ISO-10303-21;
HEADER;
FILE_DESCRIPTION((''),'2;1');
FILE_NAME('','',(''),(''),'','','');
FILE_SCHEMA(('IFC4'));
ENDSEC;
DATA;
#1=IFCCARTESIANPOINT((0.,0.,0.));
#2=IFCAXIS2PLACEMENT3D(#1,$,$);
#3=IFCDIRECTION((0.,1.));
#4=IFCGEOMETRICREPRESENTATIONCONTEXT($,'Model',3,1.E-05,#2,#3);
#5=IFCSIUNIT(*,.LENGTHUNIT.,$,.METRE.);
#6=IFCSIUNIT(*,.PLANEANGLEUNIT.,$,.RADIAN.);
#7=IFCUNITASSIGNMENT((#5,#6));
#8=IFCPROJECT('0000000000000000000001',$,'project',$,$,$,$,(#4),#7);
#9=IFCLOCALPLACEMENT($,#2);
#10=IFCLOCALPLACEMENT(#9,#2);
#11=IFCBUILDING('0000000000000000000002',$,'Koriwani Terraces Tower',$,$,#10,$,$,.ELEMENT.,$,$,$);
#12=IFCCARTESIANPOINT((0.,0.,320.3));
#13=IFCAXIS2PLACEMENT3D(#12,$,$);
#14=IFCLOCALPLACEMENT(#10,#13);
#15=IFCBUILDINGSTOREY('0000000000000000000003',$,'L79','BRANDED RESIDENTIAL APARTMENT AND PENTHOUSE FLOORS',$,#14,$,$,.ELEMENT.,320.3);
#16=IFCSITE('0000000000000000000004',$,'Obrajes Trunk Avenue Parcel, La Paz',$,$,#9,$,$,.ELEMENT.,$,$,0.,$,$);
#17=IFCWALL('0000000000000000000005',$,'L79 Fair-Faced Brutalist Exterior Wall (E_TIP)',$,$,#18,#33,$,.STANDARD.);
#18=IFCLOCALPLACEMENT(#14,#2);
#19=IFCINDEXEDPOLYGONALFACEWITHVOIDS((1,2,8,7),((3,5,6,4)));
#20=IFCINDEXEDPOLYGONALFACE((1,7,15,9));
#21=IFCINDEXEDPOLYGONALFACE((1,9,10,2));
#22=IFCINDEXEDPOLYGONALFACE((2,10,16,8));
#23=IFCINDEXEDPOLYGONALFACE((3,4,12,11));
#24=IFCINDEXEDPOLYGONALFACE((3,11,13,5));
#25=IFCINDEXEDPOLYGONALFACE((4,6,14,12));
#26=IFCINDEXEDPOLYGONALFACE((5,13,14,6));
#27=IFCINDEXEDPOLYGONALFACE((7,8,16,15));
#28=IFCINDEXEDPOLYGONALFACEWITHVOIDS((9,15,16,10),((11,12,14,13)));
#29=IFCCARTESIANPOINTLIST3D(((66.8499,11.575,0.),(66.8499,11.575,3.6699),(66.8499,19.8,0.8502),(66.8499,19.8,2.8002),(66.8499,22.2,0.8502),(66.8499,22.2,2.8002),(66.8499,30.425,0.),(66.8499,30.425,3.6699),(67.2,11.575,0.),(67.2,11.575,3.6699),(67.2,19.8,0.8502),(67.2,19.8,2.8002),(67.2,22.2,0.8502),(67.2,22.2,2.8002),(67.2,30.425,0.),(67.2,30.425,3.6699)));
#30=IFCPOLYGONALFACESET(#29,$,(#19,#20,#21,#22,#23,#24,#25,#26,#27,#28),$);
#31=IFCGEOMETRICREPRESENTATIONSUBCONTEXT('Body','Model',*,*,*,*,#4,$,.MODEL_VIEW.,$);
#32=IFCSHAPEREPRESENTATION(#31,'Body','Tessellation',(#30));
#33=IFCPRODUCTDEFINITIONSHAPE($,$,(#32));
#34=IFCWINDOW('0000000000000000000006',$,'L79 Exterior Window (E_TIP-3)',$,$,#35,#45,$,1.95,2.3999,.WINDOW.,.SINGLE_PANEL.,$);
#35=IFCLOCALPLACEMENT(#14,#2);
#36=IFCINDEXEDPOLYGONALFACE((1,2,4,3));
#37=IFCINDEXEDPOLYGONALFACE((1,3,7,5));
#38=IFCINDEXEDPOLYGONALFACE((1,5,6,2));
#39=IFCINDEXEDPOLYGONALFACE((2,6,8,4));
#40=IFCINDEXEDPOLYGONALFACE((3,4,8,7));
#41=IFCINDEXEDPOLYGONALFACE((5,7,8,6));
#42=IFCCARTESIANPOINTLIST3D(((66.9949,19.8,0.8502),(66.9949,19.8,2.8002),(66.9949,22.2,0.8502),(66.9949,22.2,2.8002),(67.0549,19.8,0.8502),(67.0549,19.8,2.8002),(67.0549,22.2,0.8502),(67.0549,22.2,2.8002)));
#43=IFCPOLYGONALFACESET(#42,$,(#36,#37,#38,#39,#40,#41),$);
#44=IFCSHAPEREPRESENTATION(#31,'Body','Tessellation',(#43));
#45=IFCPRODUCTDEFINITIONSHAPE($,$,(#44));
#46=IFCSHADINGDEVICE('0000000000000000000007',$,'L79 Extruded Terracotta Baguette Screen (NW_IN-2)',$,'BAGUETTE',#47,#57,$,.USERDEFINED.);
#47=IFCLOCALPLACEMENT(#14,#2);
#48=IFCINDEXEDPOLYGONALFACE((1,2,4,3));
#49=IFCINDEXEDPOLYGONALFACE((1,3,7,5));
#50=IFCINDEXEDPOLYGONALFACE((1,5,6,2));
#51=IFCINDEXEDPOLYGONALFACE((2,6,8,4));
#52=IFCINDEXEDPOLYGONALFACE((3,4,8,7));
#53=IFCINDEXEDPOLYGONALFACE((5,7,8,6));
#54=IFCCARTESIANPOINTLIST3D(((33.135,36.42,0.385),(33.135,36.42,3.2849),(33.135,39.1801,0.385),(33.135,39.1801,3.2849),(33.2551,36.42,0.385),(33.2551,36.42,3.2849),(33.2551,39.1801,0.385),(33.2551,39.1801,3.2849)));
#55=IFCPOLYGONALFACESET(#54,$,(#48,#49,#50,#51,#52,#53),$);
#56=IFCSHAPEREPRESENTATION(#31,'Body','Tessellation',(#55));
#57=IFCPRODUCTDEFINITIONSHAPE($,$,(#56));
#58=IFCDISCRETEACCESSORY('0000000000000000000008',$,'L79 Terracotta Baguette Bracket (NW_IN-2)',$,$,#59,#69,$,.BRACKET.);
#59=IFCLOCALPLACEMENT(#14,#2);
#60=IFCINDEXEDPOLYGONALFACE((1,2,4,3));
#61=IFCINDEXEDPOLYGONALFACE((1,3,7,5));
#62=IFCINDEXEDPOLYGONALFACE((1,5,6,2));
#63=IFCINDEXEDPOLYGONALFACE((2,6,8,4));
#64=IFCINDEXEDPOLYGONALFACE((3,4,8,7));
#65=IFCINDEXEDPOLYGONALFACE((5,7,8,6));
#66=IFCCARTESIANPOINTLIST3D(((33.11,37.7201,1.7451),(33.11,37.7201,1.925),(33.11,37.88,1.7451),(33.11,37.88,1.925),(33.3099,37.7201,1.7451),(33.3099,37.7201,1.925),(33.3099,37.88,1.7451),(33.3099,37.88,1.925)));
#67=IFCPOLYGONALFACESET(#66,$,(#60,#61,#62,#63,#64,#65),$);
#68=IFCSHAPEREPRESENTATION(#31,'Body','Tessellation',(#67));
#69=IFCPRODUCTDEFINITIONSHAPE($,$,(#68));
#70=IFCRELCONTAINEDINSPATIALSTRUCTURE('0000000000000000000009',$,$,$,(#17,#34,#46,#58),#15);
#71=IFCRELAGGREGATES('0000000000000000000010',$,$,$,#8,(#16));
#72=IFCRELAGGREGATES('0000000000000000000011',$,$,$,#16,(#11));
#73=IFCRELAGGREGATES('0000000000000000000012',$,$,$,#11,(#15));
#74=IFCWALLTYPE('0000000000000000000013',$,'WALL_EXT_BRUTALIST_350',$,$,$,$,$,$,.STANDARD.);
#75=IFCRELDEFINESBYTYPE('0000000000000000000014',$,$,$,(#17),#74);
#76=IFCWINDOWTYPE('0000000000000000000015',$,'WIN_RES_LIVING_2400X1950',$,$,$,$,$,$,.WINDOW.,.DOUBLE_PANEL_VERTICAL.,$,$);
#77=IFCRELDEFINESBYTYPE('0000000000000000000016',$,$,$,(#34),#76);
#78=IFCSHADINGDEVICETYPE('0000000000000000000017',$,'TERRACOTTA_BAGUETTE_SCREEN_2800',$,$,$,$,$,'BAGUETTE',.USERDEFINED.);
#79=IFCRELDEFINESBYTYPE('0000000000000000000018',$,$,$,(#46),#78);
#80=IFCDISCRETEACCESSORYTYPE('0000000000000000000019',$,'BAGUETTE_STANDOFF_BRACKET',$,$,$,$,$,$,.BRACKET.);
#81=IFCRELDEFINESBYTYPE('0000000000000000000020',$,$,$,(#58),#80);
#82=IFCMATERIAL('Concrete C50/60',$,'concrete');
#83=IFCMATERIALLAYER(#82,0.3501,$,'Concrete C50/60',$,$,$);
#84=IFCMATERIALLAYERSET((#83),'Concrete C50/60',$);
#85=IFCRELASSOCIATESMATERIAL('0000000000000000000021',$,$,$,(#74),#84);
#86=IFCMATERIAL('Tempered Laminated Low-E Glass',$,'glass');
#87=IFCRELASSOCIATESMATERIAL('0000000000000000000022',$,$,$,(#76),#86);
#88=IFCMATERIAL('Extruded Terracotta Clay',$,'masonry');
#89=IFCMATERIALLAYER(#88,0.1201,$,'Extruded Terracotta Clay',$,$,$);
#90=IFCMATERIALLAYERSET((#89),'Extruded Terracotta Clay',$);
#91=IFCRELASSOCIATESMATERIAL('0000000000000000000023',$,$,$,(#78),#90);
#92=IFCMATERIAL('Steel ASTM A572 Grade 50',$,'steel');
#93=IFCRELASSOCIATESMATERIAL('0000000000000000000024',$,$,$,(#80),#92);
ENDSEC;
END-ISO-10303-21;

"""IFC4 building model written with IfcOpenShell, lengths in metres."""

from ifc_helpers import new_model, si_unit, direction, frame, frame_2d, origin, origin_2d, place, context, subcontext, project, spatial, rectangle, extrude, material, layer, layer_set, type_object, element, fill, save


model = new_model("IFC4")

# Units and contexts
model_context = context("Model", 3, precision=1e-05, world=origin(), true_north=direction((0.0, 1.0)))
body_context = subcontext(model_context, "Body", "Model", "MODEL_VIEW")
ifc_project = project(units=[si_unit("LENGTHUNIT", "METRE"), si_unit("PLANEANGLEUNIT", "RADIAN")], contexts=[model_context])

# Site, building, storey
site_placement = place(None, origin())
site = spatial("IfcSite", under=ifc_project, at=site_placement, Name="Obrajes Trunk Avenue Parcel, La Paz", CompositionType="ELEMENT", RefElevation=0.0)
building_placement = place(site_placement, origin())
building = spatial("IfcBuilding", under=site, at=building_placement, Name="Koriwani Terraces Tower", CompositionType="ELEMENT")
storey_placement = place(building_placement, frame((0.0, 0.0, 320.3)))
storey = spatial("IfcBuildingStorey", under=building, at=storey_placement, Name="L79", Description="BRANDED RESIDENTIAL APARTMENT AND PENTHOUSE FLOORS", CompositionType="ELEMENT", Elevation=320.3)

# Shared definitions
ifc_material_1 = material(Name="Concrete C50/60", Category="concrete")

# Shared definitions
ifc_layer_1 = layer(ifc_material_1, 0.3501, Name="Concrete C50/60")
ifc_layer_set_1 = layer_set([ifc_layer_1], Name="Concrete C50/60")
wall_type_1 = type_object("IfcWallType", Name="WALL_EXT_BRUTALIST_350", PredefinedType="STANDARD", material=ifc_layer_set_1)

# Wall, opening, window
wall_1_placement = place(storey_placement, frame((67.0249, 30.425, 0.0), z_axis=(0.0, 0.0, 1.0), x_axis=(0.0, -1.0, 0.0)))
wall_1 = element("IfcWall", 1, at=wall_1_placement, inside=storey, type_object=wall_type_1, Name="L79 Fair-Faced Brutalist Exterior Wall (E_TIP)", PredefinedType="STANDARD", context=body_context, shape_type="SweptSolid", body=[
    extrude(rectangle(XDim=18.8501, YDim=0.3501, at=frame_2d((9.425, 0.0))), origin(), (0.0, 0.0, 1.0), 3.6699),
])
opening_1_placement = place(wall_1_placement, frame((8.2251, 0.0, 0.8501)))
opening_1 = element("IfcOpeningElement", 2, at=opening_1_placement, cuts=wall_1, PredefinedType="OPENING", context=body_context, shape_type="SweptSolid", body=[
    extrude(rectangle(XDim=2.3999, YDim=1.95, at=frame_2d((1.2, 0.9751))), frame((0.0, 0.1851, 0.0), z_axis=(0.0, -1.0, 0.0), x_axis=(1.0, 0.0, 0.0)), (0.0, 0.0, 1.0), 0.3701),
])
ifc_material_2 = material(Name="Tempered Laminated Low-E Glass", Category="glass")
window_type = type_object("IfcWindowType", Name="WIN_RES_LIVING_2400X1950", PartitioningType="DOUBLE_PANEL_VERTICAL", PredefinedType="WINDOW", material=ifc_material_2)
window_placement = place(opening_1_placement, origin())
window = element("IfcWindow", 3, at=window_placement, inside=storey, type_object=window_type, Name="L79 Exterior Window (E_TIP-3)", OverallHeight=1.95, OverallWidth=2.3999, PartitioningType="SINGLE_PANEL", PredefinedType="WINDOW", context=body_context, shape_type="SweptSolid", body=[
    extrude(rectangle(XDim=2.3999, YDim=1.95, at=frame_2d((1.2, 0.9751))), frame((0.0, 0.03, 0.0), z_axis=(0.0, -1.0, 0.0), x_axis=(1.0, 0.0, 0.0)), (0.0, 0.0, 1.0), 0.0601),
])
fill(opening_1, window)

# Shared definitions
ifc_material_3 = material(Name="Steel ASTM A572 Grade 50", Category="steel")

# Shading device
ifc_material_4 = material(Name="Extruded Terracotta Clay", Category="masonry")
ifc_layer_2 = layer(ifc_material_4, 0.1201, Name="Extruded Terracotta Clay")
ifc_layer_set_2 = layer_set([ifc_layer_2], Name="Extruded Terracotta Clay")
shading_device_type = type_object("IfcShadingDeviceType", Name="TERRACOTTA_BAGUETTE_SCREEN_2800", ElementType="BAGUETTE", PredefinedType="USERDEFINED", material=ifc_layer_set_2)
shading_device_placement = place(storey_placement, frame((33.1951, 37.8, 0.385), z_axis=(0.0, 0.0, 1.0), x_axis=(0.0, -1.0, 0.0)))
element("IfcShadingDevice", 4, at=shading_device_placement, inside=storey, type_object=shading_device_type, Name="L79 Extruded Terracotta Baguette Screen (NW_IN-2)", ObjectType="BAGUETTE", PredefinedType="USERDEFINED", context=body_context, shape_type="SweptSolid", body=[
    extrude(rectangle(XDim=2.76, YDim=0.1201, at=origin_2d()), origin(), (0.0, 0.0, 1.0), 2.8999),
])

# Discrete accessory
discrete_accessory_type = type_object("IfcDiscreteAccessoryType", Name="BAGUETTE_STANDOFF_BRACKET", PredefinedType="BRACKET", material=ifc_material_3)
discrete_accessory_placement = place(storey_placement, frame((33.21, 37.8, 1.7451), z_axis=(0.0, 0.0, 1.0), x_axis=(0.0, -1.0, 0.0)))
element("IfcDiscreteAccessory", 5, at=discrete_accessory_placement, inside=storey, type_object=discrete_accessory_type, Name="L79 Terracotta Baguette Bracket (NW_IN-2)", PredefinedType="BRACKET", context=body_context, shape_type="SweptSolid", body=[
    extrude(rectangle(XDim=0.1599, YDim=0.2, at=origin_2d()), origin(), (0.0, 0.0, 1.0), 0.1799),
])

save(model, "model.ifc")
